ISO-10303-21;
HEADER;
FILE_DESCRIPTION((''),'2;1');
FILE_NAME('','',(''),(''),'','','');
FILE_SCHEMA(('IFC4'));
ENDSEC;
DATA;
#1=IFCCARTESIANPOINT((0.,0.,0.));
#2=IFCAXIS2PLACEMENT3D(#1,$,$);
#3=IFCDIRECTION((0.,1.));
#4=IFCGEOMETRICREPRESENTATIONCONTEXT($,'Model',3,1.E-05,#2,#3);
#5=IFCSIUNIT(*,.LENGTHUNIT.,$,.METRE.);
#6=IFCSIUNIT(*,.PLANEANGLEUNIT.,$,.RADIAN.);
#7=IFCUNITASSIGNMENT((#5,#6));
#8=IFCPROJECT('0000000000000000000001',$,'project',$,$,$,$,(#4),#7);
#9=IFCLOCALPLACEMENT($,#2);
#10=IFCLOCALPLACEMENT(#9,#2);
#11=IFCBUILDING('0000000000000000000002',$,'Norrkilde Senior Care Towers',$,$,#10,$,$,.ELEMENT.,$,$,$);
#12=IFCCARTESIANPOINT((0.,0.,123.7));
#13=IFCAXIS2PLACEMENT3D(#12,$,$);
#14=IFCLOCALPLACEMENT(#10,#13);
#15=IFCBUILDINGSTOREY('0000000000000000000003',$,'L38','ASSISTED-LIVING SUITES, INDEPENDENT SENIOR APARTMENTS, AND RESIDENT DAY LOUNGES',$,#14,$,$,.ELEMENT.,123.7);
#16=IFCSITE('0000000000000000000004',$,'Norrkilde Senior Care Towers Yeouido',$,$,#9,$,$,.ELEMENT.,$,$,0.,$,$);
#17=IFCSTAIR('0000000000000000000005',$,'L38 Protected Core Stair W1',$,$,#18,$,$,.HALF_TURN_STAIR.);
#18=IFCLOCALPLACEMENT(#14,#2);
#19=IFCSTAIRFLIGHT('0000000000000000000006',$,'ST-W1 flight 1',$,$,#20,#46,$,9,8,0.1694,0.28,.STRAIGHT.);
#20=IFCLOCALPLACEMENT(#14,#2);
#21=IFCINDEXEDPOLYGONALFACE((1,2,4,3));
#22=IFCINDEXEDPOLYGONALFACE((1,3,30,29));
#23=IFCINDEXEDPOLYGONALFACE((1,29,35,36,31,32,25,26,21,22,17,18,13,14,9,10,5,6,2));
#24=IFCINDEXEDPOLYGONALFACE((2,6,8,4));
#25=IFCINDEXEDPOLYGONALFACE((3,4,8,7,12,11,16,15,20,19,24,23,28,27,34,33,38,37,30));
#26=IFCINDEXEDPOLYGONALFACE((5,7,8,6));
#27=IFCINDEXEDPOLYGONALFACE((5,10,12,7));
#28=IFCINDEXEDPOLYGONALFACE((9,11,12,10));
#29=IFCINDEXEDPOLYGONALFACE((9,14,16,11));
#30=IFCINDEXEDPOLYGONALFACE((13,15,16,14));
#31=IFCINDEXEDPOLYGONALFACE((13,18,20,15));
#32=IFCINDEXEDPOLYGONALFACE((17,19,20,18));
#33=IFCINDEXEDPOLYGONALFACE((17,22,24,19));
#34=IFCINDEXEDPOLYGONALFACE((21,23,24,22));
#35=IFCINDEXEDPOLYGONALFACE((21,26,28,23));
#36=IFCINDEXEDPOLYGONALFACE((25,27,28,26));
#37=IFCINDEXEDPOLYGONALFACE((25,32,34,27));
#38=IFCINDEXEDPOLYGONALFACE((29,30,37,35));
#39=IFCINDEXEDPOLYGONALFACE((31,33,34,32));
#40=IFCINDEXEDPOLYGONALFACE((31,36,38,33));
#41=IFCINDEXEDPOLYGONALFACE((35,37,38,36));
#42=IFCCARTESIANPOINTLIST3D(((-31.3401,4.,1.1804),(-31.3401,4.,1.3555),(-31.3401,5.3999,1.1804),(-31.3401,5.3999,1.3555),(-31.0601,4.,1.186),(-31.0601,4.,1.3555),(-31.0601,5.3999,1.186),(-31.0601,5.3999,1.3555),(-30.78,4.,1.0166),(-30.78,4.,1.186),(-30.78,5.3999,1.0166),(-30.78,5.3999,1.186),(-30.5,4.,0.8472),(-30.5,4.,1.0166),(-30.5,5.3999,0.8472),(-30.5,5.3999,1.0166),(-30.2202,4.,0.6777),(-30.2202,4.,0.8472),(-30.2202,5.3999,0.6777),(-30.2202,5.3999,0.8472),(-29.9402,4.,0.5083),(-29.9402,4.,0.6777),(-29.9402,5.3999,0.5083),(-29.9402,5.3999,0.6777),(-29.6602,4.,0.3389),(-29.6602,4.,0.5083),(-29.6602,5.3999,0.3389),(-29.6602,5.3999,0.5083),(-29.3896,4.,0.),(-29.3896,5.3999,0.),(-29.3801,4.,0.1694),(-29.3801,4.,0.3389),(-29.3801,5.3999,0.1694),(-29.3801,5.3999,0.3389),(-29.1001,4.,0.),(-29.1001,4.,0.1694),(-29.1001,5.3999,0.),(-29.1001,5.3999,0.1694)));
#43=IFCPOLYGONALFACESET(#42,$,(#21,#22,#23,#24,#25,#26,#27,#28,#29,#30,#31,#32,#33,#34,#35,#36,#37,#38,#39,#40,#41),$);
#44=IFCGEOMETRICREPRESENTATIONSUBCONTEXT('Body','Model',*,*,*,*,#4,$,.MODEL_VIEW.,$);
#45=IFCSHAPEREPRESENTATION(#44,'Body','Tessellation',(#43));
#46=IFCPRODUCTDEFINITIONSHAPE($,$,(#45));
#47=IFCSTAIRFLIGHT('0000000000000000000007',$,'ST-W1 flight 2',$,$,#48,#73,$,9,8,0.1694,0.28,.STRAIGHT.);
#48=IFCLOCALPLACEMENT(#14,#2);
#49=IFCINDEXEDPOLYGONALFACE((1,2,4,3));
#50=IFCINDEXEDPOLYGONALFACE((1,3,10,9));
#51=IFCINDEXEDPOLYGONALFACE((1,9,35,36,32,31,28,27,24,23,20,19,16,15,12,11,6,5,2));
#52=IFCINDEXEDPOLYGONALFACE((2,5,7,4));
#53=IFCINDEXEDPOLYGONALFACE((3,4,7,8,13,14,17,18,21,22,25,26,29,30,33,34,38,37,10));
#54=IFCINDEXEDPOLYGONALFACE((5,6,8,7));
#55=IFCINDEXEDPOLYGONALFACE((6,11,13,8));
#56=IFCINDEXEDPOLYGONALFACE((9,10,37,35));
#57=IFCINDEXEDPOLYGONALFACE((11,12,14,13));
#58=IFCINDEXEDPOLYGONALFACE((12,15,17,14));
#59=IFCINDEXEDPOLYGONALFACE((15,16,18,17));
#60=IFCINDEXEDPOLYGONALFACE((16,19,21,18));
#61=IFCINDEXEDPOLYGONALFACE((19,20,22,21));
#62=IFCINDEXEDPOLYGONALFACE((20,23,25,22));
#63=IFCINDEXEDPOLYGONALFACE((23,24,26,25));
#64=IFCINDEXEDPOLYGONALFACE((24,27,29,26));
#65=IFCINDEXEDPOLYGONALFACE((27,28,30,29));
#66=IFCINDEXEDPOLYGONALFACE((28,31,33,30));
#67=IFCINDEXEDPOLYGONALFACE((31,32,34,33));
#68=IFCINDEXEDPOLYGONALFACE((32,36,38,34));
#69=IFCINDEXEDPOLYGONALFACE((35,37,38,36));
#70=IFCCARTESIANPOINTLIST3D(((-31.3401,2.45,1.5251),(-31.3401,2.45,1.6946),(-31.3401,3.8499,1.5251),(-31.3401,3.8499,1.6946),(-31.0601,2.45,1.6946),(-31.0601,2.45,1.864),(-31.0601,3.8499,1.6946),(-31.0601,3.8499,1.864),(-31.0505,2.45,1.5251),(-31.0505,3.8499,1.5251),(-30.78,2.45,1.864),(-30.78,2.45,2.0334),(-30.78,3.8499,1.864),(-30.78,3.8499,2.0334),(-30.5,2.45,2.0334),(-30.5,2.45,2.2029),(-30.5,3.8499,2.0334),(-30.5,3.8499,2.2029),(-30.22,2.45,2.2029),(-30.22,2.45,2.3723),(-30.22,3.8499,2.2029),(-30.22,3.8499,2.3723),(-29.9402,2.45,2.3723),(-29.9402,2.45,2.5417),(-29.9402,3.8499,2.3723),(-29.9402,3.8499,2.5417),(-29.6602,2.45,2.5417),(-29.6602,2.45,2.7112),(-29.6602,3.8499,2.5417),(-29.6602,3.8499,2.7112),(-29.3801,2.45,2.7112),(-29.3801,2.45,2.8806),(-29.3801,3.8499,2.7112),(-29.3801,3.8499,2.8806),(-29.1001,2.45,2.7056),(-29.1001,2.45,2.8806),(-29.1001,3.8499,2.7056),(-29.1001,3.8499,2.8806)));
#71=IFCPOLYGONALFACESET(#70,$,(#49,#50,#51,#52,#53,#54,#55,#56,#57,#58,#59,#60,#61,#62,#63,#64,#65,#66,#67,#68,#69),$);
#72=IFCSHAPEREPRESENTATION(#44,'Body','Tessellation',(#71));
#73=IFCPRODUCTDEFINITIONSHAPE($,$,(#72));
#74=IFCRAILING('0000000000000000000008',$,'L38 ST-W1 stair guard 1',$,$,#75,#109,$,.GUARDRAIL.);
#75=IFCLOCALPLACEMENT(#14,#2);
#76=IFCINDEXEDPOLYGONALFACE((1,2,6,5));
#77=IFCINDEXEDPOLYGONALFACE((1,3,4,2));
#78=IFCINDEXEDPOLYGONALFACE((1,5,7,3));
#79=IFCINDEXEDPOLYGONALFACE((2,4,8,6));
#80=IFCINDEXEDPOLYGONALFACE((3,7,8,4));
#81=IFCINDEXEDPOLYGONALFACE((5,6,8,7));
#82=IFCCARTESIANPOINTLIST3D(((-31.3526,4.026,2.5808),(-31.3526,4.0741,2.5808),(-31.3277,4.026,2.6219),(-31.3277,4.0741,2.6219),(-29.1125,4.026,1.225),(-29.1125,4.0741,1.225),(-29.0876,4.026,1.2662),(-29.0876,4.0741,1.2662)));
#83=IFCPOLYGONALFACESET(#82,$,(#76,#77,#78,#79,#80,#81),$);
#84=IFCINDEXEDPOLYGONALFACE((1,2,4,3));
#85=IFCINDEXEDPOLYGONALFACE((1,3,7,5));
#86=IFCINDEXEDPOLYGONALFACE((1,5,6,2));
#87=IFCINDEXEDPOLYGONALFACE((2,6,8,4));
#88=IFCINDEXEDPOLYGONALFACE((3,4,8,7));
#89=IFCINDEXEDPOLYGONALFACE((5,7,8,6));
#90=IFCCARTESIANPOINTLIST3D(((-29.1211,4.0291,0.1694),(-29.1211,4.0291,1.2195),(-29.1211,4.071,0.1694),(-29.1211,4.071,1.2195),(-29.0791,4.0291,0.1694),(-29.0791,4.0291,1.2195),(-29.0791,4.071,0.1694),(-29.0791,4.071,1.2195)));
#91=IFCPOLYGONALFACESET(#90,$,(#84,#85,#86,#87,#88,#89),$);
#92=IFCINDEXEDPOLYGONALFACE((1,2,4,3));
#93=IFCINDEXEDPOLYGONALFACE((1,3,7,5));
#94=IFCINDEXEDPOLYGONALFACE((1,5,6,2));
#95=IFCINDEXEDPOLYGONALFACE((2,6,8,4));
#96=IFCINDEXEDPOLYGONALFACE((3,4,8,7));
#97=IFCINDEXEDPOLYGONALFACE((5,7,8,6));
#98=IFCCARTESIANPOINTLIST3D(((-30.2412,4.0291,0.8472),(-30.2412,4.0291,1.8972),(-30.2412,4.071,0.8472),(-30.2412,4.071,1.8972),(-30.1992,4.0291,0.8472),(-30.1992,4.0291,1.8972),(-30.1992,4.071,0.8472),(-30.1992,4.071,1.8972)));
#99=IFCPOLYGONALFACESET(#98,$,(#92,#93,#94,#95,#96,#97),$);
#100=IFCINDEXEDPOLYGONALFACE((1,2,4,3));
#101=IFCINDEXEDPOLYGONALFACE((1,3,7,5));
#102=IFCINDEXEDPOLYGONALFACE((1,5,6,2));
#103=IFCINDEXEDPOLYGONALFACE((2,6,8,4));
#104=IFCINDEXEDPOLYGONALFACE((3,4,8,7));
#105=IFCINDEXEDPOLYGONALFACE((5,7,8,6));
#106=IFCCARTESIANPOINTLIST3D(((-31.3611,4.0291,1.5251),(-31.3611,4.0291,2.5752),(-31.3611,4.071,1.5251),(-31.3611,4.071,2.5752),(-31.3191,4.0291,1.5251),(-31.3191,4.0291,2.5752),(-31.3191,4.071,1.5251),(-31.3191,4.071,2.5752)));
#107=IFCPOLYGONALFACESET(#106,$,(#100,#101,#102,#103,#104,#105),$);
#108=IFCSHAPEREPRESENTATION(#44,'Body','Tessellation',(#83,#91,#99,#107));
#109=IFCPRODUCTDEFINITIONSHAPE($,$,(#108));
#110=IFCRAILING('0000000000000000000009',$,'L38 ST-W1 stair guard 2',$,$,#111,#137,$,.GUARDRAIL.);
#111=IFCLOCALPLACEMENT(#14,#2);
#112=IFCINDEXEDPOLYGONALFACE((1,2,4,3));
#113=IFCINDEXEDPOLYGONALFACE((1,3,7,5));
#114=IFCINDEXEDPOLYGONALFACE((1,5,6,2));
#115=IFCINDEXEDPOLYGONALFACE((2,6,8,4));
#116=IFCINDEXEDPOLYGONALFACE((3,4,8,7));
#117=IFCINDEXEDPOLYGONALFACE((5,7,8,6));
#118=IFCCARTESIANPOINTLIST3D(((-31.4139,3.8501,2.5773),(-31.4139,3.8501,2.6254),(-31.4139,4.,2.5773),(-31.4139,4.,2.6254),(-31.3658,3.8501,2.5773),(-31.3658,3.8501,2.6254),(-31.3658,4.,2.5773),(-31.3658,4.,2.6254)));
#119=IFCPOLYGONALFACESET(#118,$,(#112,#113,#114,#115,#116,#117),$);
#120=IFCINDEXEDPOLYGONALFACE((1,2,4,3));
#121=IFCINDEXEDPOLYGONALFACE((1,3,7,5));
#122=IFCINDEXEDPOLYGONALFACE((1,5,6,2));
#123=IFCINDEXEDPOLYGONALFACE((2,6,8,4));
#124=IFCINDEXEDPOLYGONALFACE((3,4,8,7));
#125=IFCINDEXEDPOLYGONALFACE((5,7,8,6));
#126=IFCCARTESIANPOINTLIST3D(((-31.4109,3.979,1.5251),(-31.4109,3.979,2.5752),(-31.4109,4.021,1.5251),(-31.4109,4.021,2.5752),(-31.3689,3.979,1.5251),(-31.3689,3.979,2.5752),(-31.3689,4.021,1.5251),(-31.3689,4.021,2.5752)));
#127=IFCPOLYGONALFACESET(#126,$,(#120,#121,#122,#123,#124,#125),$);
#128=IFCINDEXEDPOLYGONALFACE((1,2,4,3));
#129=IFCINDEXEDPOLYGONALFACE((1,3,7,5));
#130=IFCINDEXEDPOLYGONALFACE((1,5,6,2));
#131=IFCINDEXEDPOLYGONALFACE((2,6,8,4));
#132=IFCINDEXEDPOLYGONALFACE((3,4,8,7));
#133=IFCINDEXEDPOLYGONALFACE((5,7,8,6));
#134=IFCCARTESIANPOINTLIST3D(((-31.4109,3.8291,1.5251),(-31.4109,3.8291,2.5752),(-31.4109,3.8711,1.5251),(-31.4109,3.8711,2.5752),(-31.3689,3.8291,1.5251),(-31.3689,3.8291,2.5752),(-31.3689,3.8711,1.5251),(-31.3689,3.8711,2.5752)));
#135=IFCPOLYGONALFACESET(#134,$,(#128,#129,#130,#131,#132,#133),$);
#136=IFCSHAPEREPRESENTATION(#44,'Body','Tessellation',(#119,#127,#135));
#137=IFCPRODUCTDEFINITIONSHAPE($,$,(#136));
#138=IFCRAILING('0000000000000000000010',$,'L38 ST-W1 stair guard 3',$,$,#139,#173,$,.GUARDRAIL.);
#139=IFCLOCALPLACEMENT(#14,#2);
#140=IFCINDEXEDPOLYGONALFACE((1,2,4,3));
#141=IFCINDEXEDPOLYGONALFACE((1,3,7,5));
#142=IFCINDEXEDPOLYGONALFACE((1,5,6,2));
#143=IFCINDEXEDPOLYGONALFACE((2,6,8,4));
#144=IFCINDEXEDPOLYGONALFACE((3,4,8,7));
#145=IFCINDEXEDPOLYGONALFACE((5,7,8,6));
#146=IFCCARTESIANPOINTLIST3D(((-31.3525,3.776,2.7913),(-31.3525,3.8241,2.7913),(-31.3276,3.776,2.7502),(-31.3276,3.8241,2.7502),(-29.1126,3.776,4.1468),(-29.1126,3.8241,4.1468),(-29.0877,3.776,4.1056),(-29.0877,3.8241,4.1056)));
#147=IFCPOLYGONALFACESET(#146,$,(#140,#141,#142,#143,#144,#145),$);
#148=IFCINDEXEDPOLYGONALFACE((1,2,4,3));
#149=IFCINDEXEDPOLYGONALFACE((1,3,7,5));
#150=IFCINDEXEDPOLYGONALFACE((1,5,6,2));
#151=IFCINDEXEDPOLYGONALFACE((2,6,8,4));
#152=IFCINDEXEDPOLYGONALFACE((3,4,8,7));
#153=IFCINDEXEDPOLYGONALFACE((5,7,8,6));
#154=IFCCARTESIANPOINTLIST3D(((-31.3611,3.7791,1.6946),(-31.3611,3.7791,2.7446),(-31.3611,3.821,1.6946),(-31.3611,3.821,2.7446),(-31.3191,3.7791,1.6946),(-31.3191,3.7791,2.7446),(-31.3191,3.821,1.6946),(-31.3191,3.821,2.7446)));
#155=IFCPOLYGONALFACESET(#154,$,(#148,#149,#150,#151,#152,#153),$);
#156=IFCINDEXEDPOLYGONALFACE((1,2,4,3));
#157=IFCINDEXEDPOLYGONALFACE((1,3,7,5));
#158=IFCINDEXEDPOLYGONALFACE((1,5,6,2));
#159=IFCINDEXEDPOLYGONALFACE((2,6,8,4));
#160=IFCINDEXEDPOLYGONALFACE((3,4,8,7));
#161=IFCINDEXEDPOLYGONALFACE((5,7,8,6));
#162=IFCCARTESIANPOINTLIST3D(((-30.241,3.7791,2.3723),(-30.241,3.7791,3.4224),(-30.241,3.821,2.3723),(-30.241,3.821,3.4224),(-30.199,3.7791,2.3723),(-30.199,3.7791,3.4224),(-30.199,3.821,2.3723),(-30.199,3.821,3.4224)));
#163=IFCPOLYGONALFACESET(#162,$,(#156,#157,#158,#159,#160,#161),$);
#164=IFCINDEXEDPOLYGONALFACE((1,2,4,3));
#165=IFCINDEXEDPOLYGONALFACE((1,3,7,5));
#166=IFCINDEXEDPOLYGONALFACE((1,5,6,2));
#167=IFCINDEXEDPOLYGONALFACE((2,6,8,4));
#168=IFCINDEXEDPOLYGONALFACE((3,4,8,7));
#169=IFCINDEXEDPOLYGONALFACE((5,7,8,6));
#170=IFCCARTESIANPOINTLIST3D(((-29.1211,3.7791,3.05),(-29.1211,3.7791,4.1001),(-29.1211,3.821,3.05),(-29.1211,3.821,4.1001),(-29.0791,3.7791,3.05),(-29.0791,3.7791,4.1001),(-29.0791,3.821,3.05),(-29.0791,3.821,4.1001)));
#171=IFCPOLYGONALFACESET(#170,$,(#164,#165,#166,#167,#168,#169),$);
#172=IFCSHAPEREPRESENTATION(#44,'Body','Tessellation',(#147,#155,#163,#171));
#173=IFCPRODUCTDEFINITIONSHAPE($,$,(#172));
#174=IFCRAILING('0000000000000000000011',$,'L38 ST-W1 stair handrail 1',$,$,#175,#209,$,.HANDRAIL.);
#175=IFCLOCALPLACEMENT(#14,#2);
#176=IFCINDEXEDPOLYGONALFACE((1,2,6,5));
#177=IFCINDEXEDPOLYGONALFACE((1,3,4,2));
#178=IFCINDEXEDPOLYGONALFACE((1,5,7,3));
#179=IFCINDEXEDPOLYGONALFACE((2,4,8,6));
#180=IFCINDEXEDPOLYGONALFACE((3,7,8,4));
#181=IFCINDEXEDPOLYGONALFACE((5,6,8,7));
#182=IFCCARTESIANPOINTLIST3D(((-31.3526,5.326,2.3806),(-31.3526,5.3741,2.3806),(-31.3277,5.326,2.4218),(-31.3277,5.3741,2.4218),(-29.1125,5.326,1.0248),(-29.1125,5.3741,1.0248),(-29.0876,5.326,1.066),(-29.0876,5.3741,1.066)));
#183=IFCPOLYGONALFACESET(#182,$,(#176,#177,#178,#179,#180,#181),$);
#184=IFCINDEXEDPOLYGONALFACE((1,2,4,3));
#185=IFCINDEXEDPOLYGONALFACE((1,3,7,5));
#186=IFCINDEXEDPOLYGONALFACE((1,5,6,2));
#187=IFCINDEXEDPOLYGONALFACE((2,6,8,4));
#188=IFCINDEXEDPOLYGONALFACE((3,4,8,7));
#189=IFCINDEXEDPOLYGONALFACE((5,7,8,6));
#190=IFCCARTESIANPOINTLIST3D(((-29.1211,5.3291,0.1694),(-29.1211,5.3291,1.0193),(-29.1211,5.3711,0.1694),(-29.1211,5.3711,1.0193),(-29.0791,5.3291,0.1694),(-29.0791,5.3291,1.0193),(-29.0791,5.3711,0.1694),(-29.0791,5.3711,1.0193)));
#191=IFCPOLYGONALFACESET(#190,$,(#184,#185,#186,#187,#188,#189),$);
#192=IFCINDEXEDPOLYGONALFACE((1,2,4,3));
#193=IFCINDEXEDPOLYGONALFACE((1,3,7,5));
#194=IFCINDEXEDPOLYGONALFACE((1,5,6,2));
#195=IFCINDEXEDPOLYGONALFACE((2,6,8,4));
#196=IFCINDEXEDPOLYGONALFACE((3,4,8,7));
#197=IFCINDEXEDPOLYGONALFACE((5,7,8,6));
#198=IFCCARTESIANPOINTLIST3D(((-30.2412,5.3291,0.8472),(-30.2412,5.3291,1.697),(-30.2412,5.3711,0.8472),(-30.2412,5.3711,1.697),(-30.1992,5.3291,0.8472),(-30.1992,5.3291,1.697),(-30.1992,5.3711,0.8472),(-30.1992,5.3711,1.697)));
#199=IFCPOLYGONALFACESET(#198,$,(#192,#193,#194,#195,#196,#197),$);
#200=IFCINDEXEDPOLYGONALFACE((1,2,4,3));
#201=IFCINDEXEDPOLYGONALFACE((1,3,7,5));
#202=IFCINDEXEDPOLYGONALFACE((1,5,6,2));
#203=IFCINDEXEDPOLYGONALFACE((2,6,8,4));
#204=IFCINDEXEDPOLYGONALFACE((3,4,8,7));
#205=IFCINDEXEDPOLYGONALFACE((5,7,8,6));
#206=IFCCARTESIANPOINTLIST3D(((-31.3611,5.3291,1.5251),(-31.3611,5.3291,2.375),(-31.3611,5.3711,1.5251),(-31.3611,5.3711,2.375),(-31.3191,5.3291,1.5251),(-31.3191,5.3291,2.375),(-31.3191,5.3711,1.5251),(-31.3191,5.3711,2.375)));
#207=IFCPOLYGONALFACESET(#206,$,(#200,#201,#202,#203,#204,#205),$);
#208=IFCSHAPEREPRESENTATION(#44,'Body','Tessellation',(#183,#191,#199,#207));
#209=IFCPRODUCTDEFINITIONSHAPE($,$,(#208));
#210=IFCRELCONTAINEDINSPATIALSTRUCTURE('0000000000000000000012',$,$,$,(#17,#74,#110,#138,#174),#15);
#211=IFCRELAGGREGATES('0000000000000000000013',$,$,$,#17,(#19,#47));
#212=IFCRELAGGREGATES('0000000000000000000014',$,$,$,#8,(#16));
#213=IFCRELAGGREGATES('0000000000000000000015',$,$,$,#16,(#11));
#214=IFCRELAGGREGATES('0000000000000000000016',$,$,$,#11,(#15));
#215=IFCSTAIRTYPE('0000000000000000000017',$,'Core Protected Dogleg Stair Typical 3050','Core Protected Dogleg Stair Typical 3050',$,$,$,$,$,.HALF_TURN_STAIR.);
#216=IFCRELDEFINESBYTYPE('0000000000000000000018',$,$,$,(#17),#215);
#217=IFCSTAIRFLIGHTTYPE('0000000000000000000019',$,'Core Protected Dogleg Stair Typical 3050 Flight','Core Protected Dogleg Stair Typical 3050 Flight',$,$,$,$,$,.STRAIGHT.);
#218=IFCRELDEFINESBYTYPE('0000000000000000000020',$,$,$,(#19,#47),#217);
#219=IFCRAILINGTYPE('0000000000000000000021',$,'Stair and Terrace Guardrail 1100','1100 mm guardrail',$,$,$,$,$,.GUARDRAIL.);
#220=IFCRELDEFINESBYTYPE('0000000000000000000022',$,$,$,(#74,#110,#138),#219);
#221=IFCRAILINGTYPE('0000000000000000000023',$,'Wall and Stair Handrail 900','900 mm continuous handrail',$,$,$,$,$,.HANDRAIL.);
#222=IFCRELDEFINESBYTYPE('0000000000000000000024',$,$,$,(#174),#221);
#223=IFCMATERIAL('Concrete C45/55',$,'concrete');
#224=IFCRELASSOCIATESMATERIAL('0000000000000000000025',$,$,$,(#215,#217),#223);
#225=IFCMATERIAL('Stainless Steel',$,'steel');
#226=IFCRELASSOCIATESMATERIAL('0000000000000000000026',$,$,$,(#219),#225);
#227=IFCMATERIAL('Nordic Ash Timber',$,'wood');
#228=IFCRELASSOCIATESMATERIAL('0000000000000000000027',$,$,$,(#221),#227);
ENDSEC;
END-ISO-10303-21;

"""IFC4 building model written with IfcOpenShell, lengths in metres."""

from ifc_helpers import new_model, si_unit, direction, frame, origin, origin_2d, place, context, subcontext, project, spatial, polyline, rectangle, outline, extrude, material, type_object, element, aggregate, save


model = new_model("IFC4")

# Units and contexts
model_context = context("Model", 3, precision=1e-05, world=origin(), true_north=direction((0.0, 1.0)))
body_context = subcontext(model_context, "Body", "Model", "MODEL_VIEW")
ifc_project = project(units=[si_unit("LENGTHUNIT", "METRE"), si_unit("PLANEANGLEUNIT", "RADIAN")], contexts=[model_context])

# Site, building, storey
site_placement = place(None, origin())
site = spatial("IfcSite", under=ifc_project, at=site_placement, Name="Norrkilde Senior Care Towers Yeouido", CompositionType="ELEMENT", RefElevation=0.0)
building_placement = place(site_placement, origin())
building = spatial("IfcBuilding", under=site, at=building_placement, Name="Norrkilde Senior Care Towers", CompositionType="ELEMENT")
storey_placement = place(building_placement, frame((0.0, 0.0, 123.7)))
storey = spatial("IfcBuildingStorey", under=building, at=storey_placement, Name="L38", Description="ASSISTED-LIVING SUITES, INDEPENDENT SENIOR APARTMENTS, AND RESIDENT DAY LOUNGES", CompositionType="ELEMENT", Elevation=123.7)

# Shared definitions
ifc_material_1 = material(Name="Concrete C45/55", Category="concrete")

# Shared definitions
ifc_material_2 = material(Name="Nordic Ash Timber", Category="wood")

# Stair, stair flights
stair_type = type_object("IfcStairType", Name="Core Protected Dogleg Stair Typical 3050", Description="Core Protected Dogleg Stair Typical 3050", PredefinedType="HALF_TURN_STAIR", material=ifc_material_1)
stair_placement = place(storey_placement, origin())
stair = element("IfcStair", 1, at=stair_placement, inside=storey, type_object=stair_type, Name="L38 Protected Core Stair W1", PredefinedType="HALF_TURN_STAIR")
stair_flight_type = type_object("IfcStairFlightType", Name="Core Protected Dogleg Stair Typical 3050 Flight", Description="Core Protected Dogleg Stair Typical 3050 Flight", PredefinedType="STRAIGHT", material=ifc_material_1)
stair_flight_1_placement = place(storey_placement, frame((-29.1001, 4.7, 0.0), z_axis=(0.0, 0.0, 1.0), x_axis=(-1.0, 0.0, 0.0)))
stair_flight_1 = element("IfcStairFlight", 2, at=stair_flight_1_placement, type_object=stair_flight_type, Name="ST-W1 flight 1", NumberOfRisers=9, NumberOfTreads=8, PredefinedType="STRAIGHT", RiserHeight=0.1694, TreadLength=0.28, context=body_context, shape_type="SweptSolid", body=[
    extrude(outline(polyline([(0.0, 0.0), (0.0, 0.1694), (0.28, 0.1694), (0.28, 0.3389), (0.5601, 0.3389), (0.5601, 0.5083), (0.8401, 0.5083), (0.8401, 0.6777), (1.1201, 0.6777), (1.1201, 0.8472), (1.3999, 0.8472), (1.3999, 1.0166), (1.6799, 1.0166), (1.6799, 1.186), (1.96, 1.186), (1.96, 1.3555), (2.24, 1.3555), (2.24, 1.5249), (2.24, 1.1804), (0.2896, 0.0), (0.0, 0.0)])), frame((0.0, 0.7, 0.0), z_axis=(0.0, -1.0, 0.0), x_axis=(1.0, 0.0, 0.0)), (0.0, 0.0, 1.0), 1.3999),
])
stair_flight_2_placement = place(storey_placement, frame((-31.3401, 3.1499, 1.5251), z_axis=(0.0, 0.0, 1.0), x_axis=(1.0, 0.0, 0.0)))
stair_flight_2 = element("IfcStairFlight", 3, at=stair_flight_2_placement, type_object=stair_flight_type, Name="ST-W1 flight 2", NumberOfRisers=9, NumberOfTreads=8, PredefinedType="STRAIGHT", RiserHeight=0.1694, TreadLength=0.28, context=body_context, shape_type="SweptSolid", body=[
    extrude(outline(polyline([(0.0, 0.0), (0.0, 0.1694), (0.28, 0.1694), (0.28, 0.3389), (0.5601, 0.3389), (0.5601, 0.5083), (0.8401, 0.5083), (0.8401, 0.6777), (1.1201, 0.6777), (1.1201, 0.8472), (1.3999, 0.8472), (1.3999, 1.0166), (1.6799, 1.0166), (1.6799, 1.186), (1.96, 1.186), (1.96, 1.3555), (2.24, 1.3555), (2.24, 1.5249), (2.24, 1.1804), (0.2896, 0.0), (0.0, 0.0)])), frame((0.0, 0.7, 0.0), z_axis=(0.0, -1.0, 0.0), x_axis=(1.0, 0.0, 0.0)), (0.0, 0.0, 1.0), 1.3999),
])
aggregate(stair, [stair_flight_1, stair_flight_2])

# Railings
ifc_material_3 = material(Name="Stainless Steel", Category="steel")
railing_type_1 = type_object("IfcRailingType", Name="Stair and Terrace Guardrail 1100", Description="1100 mm guardrail", PredefinedType="GUARDRAIL", material=ifc_material_3)
railing_1_placement = place(storey_placement, frame((-29.1001, 4.05, 0.1694)))
element("IfcRailing", 4, at=railing_1_placement, inside=storey, type_object=railing_type_1, Name="L38 ST-W1 stair guard 1", PredefinedType="GUARDRAIL", context=body_context, shape_type="SweptSolid", body=[
    extrude(rectangle(XDim=0.0481, YDim=0.0481, at=origin_2d()), frame((0.0, 0.0, 1.0762), z_axis=(-0.855512, 0.0, 0.517783), x_axis=(0.0, -1.0, 0.0)), (0.0, 0.0, 1.0), 2.6184),
    extrude(rectangle(XDim=0.042, YDim=0.042, at=origin_2d()), origin(), (0.0, 0.0, 1.0), 1.05),
    extrude(rectangle(XDim=0.042, YDim=0.042, at=origin_2d()), frame((-1.1201, 0.0, 0.6777)), (0.0, 0.0, 1.0), 1.05),
    extrude(rectangle(XDim=0.042, YDim=0.042, at=origin_2d()), frame((-2.24, 0.0, 1.3557)), (0.0, 0.0, 1.0), 1.05),
])
railing_2_placement = place(storey_placement, frame((-31.3899, 4.0, 1.5251)))
element("IfcRailing", 5, at=railing_2_placement, inside=storey, type_object=railing_type_1, Name="L38 ST-W1 stair guard 2", PredefinedType="GUARDRAIL", context=body_context, shape_type="SweptSolid", body=[
    extrude(rectangle(XDim=0.0481, YDim=0.0481, at=origin_2d()), frame((0.0, 0.0, 1.0762), z_axis=(0.0, -1.0, 0.0), x_axis=(1.0, 0.0, 0.0)), (0.0, 0.0, 1.0), 0.1499),
    extrude(rectangle(XDim=0.042, YDim=0.042, at=origin_2d()), origin(), (0.0, 0.0, 1.0), 1.05),
    extrude(rectangle(XDim=0.042, YDim=0.042, at=origin_2d()), frame((0.0, -0.1499, 0.0)), (0.0, 0.0, 1.0), 1.05),
])
railing_3_placement = place(storey_placement, frame((-31.3401, 3.8, 1.6946)))
element("IfcRailing", 6, at=railing_3_placement, inside=storey, type_object=railing_type_1, Name="L38 ST-W1 stair guard 3", PredefinedType="GUARDRAIL", context=body_context, shape_type="SweptSolid", body=[
    extrude(rectangle(XDim=0.0481, YDim=0.0481, at=origin_2d()), frame((0.0, 0.0, 1.0762), z_axis=(0.855553, 0.0, 0.517715), x_axis=(0.0, 1.0, 0.0)), (0.0, 0.0, 1.0), 2.6182),
    extrude(rectangle(XDim=0.042, YDim=0.042, at=origin_2d()), origin(), (0.0, 0.0, 1.0), 1.05),
    extrude(rectangle(XDim=0.042, YDim=0.042, at=origin_2d()), frame((1.1201, 0.0, 0.6777)), (0.0, 0.0, 1.0), 1.05),
    extrude(rectangle(XDim=0.042, YDim=0.042, at=origin_2d()), frame((2.24, 0.0, 1.3555)), (0.0, 0.0, 1.0), 1.05),
])
railing_type_2 = type_object("IfcRailingType", Name="Wall and Stair Handrail 900", Description="900 mm continuous handrail", PredefinedType="HANDRAIL", material=ifc_material_2)
railing_4_placement = place(storey_placement, frame((-29.1001, 5.3501, 0.1694)))
element("IfcRailing", 7, at=railing_4_placement, inside=storey, type_object=railing_type_2, Name="L38 ST-W1 stair handrail 1", PredefinedType="HANDRAIL", context=body_context, shape_type="SweptSolid", body=[
    extrude(rectangle(XDim=0.0481, YDim=0.0481, at=origin_2d()), frame((0.0, 0.0, 0.876), z_axis=(-0.855512, 0.0, 0.517783), x_axis=(0.0, -1.0, 0.0)), (0.0, 0.0, 1.0), 2.6184),
    extrude(rectangle(XDim=0.042, YDim=0.042, at=origin_2d()), origin(), (0.0, 0.0, 1.0), 0.8499),
    extrude(rectangle(XDim=0.042, YDim=0.042, at=origin_2d()), frame((-1.1201, 0.0, 0.6777)), (0.0, 0.0, 1.0), 0.8499),
    extrude(rectangle(XDim=0.042, YDim=0.042, at=origin_2d()), frame((-2.24, 0.0, 1.3557)), (0.0, 0.0, 1.0), 0.8499),
])

save(model, "model.ifc")
